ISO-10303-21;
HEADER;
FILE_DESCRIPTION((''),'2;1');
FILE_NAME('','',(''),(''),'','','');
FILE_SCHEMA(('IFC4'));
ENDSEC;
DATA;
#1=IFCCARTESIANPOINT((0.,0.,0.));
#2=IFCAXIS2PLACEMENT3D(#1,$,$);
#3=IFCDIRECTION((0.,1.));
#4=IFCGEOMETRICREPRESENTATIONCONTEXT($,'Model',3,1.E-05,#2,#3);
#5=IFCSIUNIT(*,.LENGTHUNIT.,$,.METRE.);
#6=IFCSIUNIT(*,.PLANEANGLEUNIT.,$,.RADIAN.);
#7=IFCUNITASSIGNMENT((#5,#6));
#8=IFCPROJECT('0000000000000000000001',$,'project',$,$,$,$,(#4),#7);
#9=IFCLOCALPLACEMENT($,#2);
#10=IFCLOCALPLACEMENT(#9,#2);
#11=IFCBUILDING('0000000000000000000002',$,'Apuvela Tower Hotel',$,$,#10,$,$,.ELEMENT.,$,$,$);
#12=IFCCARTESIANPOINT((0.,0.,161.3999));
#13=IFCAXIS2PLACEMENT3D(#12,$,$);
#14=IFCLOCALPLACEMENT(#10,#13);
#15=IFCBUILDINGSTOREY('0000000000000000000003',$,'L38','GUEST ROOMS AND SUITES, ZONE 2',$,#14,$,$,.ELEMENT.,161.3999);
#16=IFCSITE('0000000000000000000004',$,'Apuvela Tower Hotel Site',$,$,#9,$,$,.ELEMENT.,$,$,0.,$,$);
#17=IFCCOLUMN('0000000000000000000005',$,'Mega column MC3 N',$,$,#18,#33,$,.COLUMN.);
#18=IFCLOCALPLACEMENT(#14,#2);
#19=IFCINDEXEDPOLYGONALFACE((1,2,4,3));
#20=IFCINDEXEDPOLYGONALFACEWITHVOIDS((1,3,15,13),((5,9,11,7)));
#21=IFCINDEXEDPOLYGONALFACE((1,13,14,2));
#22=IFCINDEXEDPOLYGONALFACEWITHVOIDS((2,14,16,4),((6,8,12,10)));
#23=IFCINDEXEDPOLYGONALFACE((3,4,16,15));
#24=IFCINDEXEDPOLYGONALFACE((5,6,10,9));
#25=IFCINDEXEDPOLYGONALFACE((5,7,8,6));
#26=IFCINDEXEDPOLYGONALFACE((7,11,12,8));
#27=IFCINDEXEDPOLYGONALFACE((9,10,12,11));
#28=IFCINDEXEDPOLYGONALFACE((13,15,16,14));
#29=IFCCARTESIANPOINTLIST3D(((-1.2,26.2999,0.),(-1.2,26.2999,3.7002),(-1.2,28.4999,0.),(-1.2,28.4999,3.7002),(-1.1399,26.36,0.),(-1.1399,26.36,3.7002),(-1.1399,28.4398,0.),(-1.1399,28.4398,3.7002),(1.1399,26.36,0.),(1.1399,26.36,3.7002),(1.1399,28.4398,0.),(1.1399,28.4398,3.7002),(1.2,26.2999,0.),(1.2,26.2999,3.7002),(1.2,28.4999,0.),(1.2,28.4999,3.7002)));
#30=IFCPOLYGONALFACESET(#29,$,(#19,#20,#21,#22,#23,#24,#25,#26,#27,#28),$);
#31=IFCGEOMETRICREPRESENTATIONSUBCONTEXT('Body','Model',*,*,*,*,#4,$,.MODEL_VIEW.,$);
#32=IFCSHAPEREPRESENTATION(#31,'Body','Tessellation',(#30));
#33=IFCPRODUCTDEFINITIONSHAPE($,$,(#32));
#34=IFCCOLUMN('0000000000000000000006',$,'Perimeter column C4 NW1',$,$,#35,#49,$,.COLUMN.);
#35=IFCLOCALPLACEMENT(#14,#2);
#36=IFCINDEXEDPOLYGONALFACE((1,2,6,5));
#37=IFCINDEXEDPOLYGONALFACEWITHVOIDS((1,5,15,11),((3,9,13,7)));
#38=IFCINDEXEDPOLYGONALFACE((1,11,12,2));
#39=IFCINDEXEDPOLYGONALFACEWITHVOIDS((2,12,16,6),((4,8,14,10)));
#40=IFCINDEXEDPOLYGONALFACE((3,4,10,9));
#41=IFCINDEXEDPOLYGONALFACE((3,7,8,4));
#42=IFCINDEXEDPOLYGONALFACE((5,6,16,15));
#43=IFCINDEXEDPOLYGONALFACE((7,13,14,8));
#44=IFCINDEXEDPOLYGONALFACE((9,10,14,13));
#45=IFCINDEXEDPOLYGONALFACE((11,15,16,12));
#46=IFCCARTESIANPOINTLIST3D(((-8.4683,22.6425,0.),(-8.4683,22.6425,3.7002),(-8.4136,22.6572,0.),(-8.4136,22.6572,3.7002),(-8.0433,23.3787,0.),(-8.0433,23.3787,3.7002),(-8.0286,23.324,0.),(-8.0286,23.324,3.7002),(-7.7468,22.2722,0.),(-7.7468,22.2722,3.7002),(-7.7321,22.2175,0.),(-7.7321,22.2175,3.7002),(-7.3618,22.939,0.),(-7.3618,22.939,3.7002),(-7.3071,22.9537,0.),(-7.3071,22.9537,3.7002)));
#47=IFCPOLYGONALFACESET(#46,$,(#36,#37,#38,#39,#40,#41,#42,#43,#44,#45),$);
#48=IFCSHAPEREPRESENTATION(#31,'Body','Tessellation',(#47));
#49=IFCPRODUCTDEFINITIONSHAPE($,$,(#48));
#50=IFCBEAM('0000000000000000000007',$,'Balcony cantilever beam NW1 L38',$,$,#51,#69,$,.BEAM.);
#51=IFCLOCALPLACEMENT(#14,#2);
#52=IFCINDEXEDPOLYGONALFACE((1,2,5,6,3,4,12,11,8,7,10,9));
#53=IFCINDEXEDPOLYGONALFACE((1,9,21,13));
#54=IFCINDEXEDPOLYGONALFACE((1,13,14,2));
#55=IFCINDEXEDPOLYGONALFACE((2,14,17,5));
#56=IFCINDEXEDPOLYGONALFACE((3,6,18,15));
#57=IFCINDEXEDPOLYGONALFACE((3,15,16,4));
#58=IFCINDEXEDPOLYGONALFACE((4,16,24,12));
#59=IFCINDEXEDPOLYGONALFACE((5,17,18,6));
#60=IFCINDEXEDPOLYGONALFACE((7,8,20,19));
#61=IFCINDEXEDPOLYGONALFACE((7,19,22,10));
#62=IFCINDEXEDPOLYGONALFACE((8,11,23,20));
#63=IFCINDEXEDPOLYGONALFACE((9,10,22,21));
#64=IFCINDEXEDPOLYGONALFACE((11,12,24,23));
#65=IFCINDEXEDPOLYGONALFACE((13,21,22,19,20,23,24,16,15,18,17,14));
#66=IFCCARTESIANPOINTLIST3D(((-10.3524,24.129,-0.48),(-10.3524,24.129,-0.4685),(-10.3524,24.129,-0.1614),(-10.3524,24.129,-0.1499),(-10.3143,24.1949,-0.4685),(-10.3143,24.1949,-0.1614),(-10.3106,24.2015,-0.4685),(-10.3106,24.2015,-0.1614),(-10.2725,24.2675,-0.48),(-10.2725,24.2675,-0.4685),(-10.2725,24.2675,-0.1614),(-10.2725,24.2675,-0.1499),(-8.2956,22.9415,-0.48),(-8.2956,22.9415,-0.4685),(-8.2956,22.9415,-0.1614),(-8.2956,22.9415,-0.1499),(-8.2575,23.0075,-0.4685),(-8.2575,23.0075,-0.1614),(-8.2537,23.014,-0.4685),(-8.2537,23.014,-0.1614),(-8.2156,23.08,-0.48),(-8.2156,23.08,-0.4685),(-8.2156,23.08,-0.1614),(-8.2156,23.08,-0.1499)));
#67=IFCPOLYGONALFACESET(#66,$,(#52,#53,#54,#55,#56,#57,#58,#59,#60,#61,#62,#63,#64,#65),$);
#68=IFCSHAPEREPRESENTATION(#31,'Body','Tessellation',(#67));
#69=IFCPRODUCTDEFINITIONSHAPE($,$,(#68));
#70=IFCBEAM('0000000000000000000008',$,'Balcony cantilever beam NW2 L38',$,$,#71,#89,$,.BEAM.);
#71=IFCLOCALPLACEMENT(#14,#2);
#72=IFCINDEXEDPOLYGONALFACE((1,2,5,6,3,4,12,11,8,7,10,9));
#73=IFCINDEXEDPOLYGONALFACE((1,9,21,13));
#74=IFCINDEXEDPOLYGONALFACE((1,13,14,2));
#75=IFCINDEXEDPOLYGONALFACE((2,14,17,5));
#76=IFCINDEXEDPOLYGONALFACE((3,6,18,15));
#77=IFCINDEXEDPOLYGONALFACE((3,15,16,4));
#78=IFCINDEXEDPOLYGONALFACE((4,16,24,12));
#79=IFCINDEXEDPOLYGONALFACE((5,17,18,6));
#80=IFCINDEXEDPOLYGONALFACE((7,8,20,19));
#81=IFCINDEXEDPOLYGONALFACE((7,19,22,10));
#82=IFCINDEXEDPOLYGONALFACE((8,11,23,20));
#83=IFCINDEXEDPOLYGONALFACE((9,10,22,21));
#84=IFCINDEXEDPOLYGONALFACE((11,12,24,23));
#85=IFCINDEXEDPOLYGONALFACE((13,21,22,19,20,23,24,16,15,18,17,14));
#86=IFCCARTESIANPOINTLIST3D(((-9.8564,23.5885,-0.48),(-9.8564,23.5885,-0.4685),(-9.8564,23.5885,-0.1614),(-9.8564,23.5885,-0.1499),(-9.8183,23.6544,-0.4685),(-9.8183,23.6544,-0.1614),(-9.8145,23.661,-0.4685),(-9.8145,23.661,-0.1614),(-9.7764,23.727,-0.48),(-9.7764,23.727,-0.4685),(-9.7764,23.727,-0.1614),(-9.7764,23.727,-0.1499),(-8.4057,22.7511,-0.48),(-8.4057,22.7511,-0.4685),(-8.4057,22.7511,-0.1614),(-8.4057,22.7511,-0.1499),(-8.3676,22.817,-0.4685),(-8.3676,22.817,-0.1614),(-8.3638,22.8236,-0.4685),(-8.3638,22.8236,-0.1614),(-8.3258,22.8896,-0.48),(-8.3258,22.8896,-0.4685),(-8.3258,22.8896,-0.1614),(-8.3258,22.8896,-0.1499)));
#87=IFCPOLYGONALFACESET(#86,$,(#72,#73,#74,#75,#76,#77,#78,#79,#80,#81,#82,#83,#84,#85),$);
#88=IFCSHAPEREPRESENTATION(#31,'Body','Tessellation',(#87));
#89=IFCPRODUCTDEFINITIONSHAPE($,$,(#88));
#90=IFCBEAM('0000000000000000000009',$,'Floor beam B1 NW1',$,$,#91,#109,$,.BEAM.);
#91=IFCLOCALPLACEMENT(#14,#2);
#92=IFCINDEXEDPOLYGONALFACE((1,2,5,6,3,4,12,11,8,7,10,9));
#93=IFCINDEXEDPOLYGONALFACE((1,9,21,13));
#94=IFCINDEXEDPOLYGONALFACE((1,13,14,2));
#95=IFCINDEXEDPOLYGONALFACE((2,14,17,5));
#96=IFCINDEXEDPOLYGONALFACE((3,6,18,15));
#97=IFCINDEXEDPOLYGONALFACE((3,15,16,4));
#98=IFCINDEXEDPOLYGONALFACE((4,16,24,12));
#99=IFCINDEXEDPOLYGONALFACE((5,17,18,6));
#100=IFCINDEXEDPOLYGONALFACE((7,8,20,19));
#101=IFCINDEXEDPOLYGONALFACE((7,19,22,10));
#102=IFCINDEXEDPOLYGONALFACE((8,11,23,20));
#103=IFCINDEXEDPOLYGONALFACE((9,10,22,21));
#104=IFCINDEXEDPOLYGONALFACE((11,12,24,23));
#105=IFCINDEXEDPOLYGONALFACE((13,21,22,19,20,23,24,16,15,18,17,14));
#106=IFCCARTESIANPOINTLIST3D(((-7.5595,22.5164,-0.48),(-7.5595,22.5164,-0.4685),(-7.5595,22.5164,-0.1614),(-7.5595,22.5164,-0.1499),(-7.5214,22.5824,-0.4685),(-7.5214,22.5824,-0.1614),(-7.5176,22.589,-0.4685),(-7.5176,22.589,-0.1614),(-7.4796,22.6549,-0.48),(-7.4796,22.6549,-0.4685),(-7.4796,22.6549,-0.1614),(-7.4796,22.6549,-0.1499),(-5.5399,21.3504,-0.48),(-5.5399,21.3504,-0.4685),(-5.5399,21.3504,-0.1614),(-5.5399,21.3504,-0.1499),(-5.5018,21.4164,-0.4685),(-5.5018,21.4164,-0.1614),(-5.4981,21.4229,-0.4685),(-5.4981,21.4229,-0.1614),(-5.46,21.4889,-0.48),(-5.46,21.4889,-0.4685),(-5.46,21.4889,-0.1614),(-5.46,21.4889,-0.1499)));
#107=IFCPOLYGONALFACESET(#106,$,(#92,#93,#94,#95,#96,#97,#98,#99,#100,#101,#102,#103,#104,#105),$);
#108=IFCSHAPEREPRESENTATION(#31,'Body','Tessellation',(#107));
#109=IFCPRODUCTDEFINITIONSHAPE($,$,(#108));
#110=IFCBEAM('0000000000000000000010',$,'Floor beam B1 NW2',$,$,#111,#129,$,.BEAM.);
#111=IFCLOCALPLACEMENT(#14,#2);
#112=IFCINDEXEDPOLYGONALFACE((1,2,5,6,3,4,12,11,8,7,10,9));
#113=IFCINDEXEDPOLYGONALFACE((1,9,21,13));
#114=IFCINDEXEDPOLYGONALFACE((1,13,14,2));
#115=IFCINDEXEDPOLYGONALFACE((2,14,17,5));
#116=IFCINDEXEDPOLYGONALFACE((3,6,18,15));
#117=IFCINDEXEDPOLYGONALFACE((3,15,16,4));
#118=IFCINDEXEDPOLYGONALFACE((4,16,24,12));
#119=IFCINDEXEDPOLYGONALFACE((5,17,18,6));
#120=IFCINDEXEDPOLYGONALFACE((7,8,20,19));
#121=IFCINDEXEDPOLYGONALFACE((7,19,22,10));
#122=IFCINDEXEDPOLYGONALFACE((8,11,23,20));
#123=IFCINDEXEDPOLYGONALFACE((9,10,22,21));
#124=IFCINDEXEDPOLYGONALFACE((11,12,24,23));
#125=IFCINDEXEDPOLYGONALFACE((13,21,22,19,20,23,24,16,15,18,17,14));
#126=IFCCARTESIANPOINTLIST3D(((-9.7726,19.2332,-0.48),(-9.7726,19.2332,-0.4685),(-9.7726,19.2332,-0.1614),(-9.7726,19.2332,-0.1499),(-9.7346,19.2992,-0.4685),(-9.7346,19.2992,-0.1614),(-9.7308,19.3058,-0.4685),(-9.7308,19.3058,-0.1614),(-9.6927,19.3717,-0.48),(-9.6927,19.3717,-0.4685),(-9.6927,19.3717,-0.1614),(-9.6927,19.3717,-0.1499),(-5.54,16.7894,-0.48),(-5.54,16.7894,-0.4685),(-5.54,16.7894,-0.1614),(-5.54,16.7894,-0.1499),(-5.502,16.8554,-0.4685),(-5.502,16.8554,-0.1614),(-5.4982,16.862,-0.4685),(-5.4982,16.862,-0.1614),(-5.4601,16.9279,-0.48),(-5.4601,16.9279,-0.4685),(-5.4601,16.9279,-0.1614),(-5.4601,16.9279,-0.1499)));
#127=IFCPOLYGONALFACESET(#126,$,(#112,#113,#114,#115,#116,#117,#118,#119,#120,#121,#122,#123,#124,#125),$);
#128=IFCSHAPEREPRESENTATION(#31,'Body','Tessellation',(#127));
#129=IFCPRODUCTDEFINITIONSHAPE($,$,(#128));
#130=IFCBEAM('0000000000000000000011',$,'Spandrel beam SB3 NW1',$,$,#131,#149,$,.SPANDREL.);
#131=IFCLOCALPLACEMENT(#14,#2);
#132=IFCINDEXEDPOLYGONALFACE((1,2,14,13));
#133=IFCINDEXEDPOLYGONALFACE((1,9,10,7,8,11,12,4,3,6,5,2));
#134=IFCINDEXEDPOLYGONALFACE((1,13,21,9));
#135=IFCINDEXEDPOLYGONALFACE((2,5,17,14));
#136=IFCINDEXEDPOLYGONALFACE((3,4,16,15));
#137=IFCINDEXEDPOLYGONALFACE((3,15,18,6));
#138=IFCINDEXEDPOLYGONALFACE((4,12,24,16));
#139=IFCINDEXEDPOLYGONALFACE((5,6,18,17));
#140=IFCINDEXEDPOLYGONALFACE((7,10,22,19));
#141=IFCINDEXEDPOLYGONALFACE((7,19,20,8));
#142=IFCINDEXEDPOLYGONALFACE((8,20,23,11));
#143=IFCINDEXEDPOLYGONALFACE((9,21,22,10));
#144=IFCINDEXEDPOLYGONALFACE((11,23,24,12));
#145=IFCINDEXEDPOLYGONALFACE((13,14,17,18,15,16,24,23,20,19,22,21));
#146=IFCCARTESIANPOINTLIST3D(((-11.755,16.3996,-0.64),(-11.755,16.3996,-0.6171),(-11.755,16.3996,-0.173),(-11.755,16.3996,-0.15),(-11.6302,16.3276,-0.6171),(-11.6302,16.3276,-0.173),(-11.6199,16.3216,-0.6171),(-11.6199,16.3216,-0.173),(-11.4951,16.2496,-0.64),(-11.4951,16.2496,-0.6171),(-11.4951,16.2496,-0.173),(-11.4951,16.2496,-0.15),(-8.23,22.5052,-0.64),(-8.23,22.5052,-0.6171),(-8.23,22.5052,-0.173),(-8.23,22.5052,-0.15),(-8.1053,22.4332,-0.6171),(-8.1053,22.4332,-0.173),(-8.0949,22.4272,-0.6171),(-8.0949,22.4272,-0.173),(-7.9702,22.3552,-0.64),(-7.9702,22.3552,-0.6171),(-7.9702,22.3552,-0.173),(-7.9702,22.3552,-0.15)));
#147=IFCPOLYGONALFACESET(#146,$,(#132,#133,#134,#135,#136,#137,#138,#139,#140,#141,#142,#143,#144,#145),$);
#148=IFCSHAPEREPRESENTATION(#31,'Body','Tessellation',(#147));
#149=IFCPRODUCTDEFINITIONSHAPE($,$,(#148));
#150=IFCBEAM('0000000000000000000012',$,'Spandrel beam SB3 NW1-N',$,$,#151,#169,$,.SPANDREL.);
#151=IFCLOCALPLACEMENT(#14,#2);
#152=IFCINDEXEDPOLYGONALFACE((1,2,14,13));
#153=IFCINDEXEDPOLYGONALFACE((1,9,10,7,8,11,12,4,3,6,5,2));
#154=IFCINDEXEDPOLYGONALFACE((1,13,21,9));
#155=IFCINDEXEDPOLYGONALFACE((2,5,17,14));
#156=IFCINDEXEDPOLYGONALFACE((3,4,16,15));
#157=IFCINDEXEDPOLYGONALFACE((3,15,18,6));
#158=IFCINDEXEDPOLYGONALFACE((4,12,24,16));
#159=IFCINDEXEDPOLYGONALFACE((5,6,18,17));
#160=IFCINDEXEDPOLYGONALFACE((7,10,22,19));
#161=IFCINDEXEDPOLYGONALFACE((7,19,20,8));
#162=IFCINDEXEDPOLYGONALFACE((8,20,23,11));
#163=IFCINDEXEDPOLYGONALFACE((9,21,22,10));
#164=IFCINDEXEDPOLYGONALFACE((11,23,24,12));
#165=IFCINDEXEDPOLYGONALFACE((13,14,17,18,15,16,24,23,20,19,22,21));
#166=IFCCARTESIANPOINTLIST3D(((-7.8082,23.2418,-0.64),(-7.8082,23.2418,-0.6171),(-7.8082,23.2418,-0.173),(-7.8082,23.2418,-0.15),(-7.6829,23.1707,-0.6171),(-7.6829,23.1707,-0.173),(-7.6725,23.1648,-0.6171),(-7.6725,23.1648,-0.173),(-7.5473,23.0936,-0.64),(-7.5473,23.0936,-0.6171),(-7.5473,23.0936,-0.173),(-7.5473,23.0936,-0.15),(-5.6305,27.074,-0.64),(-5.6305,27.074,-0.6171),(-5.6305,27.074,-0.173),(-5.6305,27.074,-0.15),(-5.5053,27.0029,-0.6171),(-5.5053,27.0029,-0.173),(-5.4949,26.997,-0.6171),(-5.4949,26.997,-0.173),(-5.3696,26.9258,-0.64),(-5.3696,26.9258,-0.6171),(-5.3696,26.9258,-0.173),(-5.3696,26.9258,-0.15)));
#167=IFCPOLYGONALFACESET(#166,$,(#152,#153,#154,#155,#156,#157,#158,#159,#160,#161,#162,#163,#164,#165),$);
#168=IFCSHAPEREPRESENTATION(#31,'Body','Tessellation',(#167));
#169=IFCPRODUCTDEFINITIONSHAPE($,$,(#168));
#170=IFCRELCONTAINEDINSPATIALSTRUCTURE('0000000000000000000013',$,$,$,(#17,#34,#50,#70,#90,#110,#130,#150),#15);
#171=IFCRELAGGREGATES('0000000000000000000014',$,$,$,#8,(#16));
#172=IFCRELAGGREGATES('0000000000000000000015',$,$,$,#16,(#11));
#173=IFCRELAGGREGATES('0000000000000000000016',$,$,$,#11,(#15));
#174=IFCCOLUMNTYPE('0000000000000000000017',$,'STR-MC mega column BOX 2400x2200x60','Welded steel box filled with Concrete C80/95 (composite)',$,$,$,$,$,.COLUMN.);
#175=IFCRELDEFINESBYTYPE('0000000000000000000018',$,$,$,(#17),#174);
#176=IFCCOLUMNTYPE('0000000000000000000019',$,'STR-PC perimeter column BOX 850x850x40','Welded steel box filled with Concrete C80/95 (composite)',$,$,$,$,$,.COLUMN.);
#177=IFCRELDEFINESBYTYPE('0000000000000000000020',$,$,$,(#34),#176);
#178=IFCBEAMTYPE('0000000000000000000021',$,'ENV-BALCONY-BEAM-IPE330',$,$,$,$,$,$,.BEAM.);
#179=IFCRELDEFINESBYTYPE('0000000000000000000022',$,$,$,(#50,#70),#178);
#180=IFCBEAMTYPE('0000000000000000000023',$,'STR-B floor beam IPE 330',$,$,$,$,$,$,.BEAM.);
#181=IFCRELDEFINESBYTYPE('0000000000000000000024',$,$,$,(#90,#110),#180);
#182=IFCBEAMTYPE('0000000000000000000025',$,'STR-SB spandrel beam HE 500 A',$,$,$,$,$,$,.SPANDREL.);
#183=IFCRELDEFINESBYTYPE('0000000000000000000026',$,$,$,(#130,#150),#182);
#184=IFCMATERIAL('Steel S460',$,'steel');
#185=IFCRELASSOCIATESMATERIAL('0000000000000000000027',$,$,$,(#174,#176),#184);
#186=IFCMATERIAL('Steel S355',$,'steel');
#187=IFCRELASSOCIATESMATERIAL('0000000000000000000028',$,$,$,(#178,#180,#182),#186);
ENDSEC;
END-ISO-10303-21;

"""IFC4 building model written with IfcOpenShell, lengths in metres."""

from ifc_helpers import new_model, si_unit, direction, frame, origin, origin_2d, place, context, subcontext, project, spatial, rectangle, hollow_rectangle, i_section, extrude, material, material_profile, profile_set, type_object, element, save


model = new_model("IFC4")

# Units and contexts
model_context = context("Model", 3, precision=1e-05, world=origin(), true_north=direction((0.0, 1.0)))
body_context = subcontext(model_context, "Body", "Model", "MODEL_VIEW")
ifc_project = project(units=[si_unit("LENGTHUNIT", "METRE"), si_unit("PLANEANGLEUNIT", "RADIAN")], contexts=[model_context])

# Site, building, storey
site_placement = place(None, origin())
site = spatial("IfcSite", under=ifc_project, at=site_placement, Name="Apuvela Tower Hotel Site", CompositionType="ELEMENT", RefElevation=0.0)
building_placement = place(site_placement, origin())
building = spatial("IfcBuilding", under=site, at=building_placement, Name="Apuvela Tower Hotel", CompositionType="ELEMENT")
storey_placement = place(building_placement, frame((0.0, 0.0, 161.3999)))
storey = spatial("IfcBuildingStorey", under=building, at=storey_placement, Name="L38", Description="GUEST ROOMS AND SUITES, ZONE 2", CompositionType="ELEMENT", Elevation=161.3999)

# Columns
ifc_material_1 = material(Name="Steel S460", Category="steel")
ifc_material_profile_1 = material_profile(ifc_material_1, hollow_rectangle(XDim=2.3999, YDim=2.2, WallThickness=0.0601, at=origin_2d()), Name="BOX 2400x2200x60")
ifc_material_2 = material(Name="Concrete C80/95", Category="concrete")
ifc_material_profile_2 = material_profile(ifc_material_2, rectangle(XDim=2.28, YDim=2.0801, at=origin_2d()), Name="Concrete C80/95 infill")
ifc_profile_set_1 = profile_set([ifc_material_profile_1, ifc_material_profile_2], Name="Steel S460")
column_type_1 = type_object("IfcColumnType", Name="STR-MC mega column BOX 2400x2200x60", Description="Welded steel box filled with Concrete C80/95 (composite)", PredefinedType="COLUMN", material=ifc_profile_set_1)
column_1_placement = place(storey_placement, frame((0.0, 27.3999, 0.0), z_axis=(0.0, 0.0, 1.0), x_axis=(1.0, 0.0, 0.0)))
element("IfcColumn", 1, at=column_1_placement, inside=storey, type_object=column_type_1, Name="Mega column MC3 N", PredefinedType="COLUMN", context=body_context, shape_type="SweptSolid", body=[
    extrude(hollow_rectangle(XDim=2.3999, YDim=2.2, WallThickness=0.0601, at=origin_2d()), origin(), (0.0, 0.0, 1.0), 3.7002),
])
ifc_material_profile_3 = material_profile(ifc_material_1, hollow_rectangle(XDim=0.8501, YDim=0.8501, WallThickness=0.04, at=origin_2d()), Name="BOX 850x850x40")
ifc_material_profile_4 = material_profile(ifc_material_2, rectangle(XDim=0.77, YDim=0.77, at=origin_2d()), Name="Concrete C80/95 infill")
ifc_profile_set_2 = profile_set([ifc_material_profile_3, ifc_material_profile_4], Name="Steel S460")
column_type_2 = type_object("IfcColumnType", Name="STR-PC perimeter column BOX 850x850x40", Description="Welded steel box filled with Concrete C80/95 (composite)", PredefinedType="COLUMN", material=ifc_profile_set_2)
column_2_placement = place(storey_placement, frame((-7.8877, 22.7981, 0.0), z_axis=(0.0, 0.0, 1.0), x_axis=(0.5, 0.866025, 0.0)))
element("IfcColumn", 2, at=column_2_placement, inside=storey, type_object=column_type_2, Name="Perimeter column C4 NW1", PredefinedType="COLUMN", context=body_context, shape_type="SweptSolid", body=[
    extrude(hollow_rectangle(XDim=0.8501, YDim=0.8501, WallThickness=0.04, at=origin_2d()), origin(), (0.0, 0.0, 1.0), 3.7002),
])

# Beams
ifc_material_3 = material(Name="Steel S355", Category="steel")
ifc_material_profile_5 = material_profile(ifc_material_3, i_section(OverallWidth=0.1599, OverallDepth=0.3301, WebThickness=0.0076, FlangeThickness=0.0115, at=origin_2d()), Name="IPE 330")
ifc_profile_set_3 = profile_set([ifc_material_profile_5], Name="Steel S355")
beam_type_1 = type_object("IfcBeamType", Name="ENV-BALCONY-BEAM-IPE330", PredefinedType="BEAM", material=ifc_profile_set_3)
beam_1_placement = place(storey_placement, frame((-8.2556, 23.0107, -0.3149), z_axis=(-0.866033, 0.499986, 0.0), x_axis=(-0.499986, -0.866033, 0.0)))
element("IfcBeam", 3, at=beam_1_placement, inside=storey, type_object=beam_type_1, Name="Balcony cantilever beam NW1 L38", PredefinedType="BEAM", context=body_context, shape_type="SweptSolid", body=[
    extrude(i_section(OverallWidth=0.1599, OverallDepth=0.3301, WebThickness=0.0076, FlangeThickness=0.0115, at=origin_2d()), origin(), (0.0, 0.0, 1.0), 2.375),
])
beam_2_placement = place(storey_placement, frame((-8.3657, 22.8203, -0.3149), z_axis=(-0.866064, 0.499933, 0.0), x_axis=(-0.499933, -0.866064, 0.0)))
element("IfcBeam", 4, at=beam_2_placement, inside=storey, type_object=beam_type_1, Name="Balcony cantilever beam NW2 L38", PredefinedType="BEAM", context=body_context, shape_type="SweptSolid", body=[
    extrude(i_section(OverallWidth=0.1599, OverallDepth=0.3301, WebThickness=0.0076, FlangeThickness=0.0115, at=origin_2d()), origin(), (0.0, 0.0, 1.0), 1.675),
])
ifc_material_profile_6 = material_profile(ifc_material_3, i_section(OverallWidth=0.1599, OverallDepth=0.3301, WebThickness=0.0076, FlangeThickness=0.0115, at=origin_2d()), Name="IPE 330")
ifc_profile_set_4 = profile_set([ifc_material_profile_6], Name="Steel S355")
beam_type_2 = type_object("IfcBeamType", Name="STR-B floor beam IPE 330", PredefinedType="BEAM", material=ifc_profile_set_4)
beam_3_placement = place(storey_placement, frame((-7.5195, 22.5857, -0.3149), z_axis=(0.866018, -0.500012, 0.0), x_axis=(0.500012, 0.866018, 0.0)))
element("IfcBeam", 5, at=beam_3_placement, inside=storey, type_object=beam_type_2, Name="Floor beam B1 NW1", PredefinedType="BEAM", context=body_context, shape_type="SweptSolid", body=[
    extrude(i_section(OverallWidth=0.1599, OverallDepth=0.3301, WebThickness=0.0076, FlangeThickness=0.0115, at=origin_2d()), origin(), (0.0, 0.0, 1.0), 2.332),
])
beam_4_placement = place(storey_placement, frame((-9.7327, 19.3025, -0.3149), z_axis=(0.866015, -0.500018, 0.0), x_axis=(0.500018, 0.866015, 0.0)))
element("IfcBeam", 6, at=beam_4_placement, inside=storey, type_object=beam_type_2, Name="Floor beam B1 NW2", PredefinedType="BEAM", context=body_context, shape_type="SweptSolid", body=[
    extrude(i_section(OverallWidth=0.1599, OverallDepth=0.3301, WebThickness=0.0076, FlangeThickness=0.0115, at=origin_2d()), origin(), (0.0, 0.0, 1.0), 4.8875),
])
ifc_material_profile_7 = material_profile(ifc_material_3, i_section(OverallWidth=0.3, OverallDepth=0.49, WebThickness=0.012, FlangeThickness=0.0229, at=origin_2d()), Name="HE 500 A")
ifc_profile_set_5 = profile_set([ifc_material_profile_7], Name="Steel S355")
beam_type_3 = type_object("IfcBeamType", Name="STR-SB spandrel beam HE 500 A", PredefinedType="SPANDREL", material=ifc_profile_set_5)
beam_5_placement = place(storey_placement, frame((-8.1001, 22.4302, -0.395), z_axis=(-0.49999, -0.866031, 0.0), x_axis=(0.866031, -0.49999, 0.0)))
element("IfcBeam", 7, at=beam_5_placement, inside=storey, type_object=beam_type_3, Name="Spandrel beam SB3 NW1", PredefinedType="SPANDREL", context=body_context, shape_type="SweptSolid", body=[
    extrude(i_section(OverallWidth=0.3, OverallDepth=0.49, WebThickness=0.012, FlangeThickness=0.0229, at=origin_2d()), origin(), (0.0, 0.0, 1.0), 7.05),
])
beam_6_placement = place(storey_placement, frame((-7.6777, 23.1677, -0.395), z_axis=(0.494062, 0.869427, 0.0), x_axis=(-0.869427, 0.494062, 0.0)))
element("IfcBeam", 8, at=beam_6_placement, inside=storey, type_object=beam_type_3, Name="Spandrel beam SB3 NW1-N", PredefinedType="SPANDREL", context=body_context, shape_type="SweptSolid", body=[
    extrude(i_section(OverallWidth=0.3, OverallDepth=0.49, WebThickness=0.012, FlangeThickness=0.0229, at=origin_2d()), origin(), (0.0, 0.0, 1.0), 4.4077),
])

save(model, "model.ifc")
